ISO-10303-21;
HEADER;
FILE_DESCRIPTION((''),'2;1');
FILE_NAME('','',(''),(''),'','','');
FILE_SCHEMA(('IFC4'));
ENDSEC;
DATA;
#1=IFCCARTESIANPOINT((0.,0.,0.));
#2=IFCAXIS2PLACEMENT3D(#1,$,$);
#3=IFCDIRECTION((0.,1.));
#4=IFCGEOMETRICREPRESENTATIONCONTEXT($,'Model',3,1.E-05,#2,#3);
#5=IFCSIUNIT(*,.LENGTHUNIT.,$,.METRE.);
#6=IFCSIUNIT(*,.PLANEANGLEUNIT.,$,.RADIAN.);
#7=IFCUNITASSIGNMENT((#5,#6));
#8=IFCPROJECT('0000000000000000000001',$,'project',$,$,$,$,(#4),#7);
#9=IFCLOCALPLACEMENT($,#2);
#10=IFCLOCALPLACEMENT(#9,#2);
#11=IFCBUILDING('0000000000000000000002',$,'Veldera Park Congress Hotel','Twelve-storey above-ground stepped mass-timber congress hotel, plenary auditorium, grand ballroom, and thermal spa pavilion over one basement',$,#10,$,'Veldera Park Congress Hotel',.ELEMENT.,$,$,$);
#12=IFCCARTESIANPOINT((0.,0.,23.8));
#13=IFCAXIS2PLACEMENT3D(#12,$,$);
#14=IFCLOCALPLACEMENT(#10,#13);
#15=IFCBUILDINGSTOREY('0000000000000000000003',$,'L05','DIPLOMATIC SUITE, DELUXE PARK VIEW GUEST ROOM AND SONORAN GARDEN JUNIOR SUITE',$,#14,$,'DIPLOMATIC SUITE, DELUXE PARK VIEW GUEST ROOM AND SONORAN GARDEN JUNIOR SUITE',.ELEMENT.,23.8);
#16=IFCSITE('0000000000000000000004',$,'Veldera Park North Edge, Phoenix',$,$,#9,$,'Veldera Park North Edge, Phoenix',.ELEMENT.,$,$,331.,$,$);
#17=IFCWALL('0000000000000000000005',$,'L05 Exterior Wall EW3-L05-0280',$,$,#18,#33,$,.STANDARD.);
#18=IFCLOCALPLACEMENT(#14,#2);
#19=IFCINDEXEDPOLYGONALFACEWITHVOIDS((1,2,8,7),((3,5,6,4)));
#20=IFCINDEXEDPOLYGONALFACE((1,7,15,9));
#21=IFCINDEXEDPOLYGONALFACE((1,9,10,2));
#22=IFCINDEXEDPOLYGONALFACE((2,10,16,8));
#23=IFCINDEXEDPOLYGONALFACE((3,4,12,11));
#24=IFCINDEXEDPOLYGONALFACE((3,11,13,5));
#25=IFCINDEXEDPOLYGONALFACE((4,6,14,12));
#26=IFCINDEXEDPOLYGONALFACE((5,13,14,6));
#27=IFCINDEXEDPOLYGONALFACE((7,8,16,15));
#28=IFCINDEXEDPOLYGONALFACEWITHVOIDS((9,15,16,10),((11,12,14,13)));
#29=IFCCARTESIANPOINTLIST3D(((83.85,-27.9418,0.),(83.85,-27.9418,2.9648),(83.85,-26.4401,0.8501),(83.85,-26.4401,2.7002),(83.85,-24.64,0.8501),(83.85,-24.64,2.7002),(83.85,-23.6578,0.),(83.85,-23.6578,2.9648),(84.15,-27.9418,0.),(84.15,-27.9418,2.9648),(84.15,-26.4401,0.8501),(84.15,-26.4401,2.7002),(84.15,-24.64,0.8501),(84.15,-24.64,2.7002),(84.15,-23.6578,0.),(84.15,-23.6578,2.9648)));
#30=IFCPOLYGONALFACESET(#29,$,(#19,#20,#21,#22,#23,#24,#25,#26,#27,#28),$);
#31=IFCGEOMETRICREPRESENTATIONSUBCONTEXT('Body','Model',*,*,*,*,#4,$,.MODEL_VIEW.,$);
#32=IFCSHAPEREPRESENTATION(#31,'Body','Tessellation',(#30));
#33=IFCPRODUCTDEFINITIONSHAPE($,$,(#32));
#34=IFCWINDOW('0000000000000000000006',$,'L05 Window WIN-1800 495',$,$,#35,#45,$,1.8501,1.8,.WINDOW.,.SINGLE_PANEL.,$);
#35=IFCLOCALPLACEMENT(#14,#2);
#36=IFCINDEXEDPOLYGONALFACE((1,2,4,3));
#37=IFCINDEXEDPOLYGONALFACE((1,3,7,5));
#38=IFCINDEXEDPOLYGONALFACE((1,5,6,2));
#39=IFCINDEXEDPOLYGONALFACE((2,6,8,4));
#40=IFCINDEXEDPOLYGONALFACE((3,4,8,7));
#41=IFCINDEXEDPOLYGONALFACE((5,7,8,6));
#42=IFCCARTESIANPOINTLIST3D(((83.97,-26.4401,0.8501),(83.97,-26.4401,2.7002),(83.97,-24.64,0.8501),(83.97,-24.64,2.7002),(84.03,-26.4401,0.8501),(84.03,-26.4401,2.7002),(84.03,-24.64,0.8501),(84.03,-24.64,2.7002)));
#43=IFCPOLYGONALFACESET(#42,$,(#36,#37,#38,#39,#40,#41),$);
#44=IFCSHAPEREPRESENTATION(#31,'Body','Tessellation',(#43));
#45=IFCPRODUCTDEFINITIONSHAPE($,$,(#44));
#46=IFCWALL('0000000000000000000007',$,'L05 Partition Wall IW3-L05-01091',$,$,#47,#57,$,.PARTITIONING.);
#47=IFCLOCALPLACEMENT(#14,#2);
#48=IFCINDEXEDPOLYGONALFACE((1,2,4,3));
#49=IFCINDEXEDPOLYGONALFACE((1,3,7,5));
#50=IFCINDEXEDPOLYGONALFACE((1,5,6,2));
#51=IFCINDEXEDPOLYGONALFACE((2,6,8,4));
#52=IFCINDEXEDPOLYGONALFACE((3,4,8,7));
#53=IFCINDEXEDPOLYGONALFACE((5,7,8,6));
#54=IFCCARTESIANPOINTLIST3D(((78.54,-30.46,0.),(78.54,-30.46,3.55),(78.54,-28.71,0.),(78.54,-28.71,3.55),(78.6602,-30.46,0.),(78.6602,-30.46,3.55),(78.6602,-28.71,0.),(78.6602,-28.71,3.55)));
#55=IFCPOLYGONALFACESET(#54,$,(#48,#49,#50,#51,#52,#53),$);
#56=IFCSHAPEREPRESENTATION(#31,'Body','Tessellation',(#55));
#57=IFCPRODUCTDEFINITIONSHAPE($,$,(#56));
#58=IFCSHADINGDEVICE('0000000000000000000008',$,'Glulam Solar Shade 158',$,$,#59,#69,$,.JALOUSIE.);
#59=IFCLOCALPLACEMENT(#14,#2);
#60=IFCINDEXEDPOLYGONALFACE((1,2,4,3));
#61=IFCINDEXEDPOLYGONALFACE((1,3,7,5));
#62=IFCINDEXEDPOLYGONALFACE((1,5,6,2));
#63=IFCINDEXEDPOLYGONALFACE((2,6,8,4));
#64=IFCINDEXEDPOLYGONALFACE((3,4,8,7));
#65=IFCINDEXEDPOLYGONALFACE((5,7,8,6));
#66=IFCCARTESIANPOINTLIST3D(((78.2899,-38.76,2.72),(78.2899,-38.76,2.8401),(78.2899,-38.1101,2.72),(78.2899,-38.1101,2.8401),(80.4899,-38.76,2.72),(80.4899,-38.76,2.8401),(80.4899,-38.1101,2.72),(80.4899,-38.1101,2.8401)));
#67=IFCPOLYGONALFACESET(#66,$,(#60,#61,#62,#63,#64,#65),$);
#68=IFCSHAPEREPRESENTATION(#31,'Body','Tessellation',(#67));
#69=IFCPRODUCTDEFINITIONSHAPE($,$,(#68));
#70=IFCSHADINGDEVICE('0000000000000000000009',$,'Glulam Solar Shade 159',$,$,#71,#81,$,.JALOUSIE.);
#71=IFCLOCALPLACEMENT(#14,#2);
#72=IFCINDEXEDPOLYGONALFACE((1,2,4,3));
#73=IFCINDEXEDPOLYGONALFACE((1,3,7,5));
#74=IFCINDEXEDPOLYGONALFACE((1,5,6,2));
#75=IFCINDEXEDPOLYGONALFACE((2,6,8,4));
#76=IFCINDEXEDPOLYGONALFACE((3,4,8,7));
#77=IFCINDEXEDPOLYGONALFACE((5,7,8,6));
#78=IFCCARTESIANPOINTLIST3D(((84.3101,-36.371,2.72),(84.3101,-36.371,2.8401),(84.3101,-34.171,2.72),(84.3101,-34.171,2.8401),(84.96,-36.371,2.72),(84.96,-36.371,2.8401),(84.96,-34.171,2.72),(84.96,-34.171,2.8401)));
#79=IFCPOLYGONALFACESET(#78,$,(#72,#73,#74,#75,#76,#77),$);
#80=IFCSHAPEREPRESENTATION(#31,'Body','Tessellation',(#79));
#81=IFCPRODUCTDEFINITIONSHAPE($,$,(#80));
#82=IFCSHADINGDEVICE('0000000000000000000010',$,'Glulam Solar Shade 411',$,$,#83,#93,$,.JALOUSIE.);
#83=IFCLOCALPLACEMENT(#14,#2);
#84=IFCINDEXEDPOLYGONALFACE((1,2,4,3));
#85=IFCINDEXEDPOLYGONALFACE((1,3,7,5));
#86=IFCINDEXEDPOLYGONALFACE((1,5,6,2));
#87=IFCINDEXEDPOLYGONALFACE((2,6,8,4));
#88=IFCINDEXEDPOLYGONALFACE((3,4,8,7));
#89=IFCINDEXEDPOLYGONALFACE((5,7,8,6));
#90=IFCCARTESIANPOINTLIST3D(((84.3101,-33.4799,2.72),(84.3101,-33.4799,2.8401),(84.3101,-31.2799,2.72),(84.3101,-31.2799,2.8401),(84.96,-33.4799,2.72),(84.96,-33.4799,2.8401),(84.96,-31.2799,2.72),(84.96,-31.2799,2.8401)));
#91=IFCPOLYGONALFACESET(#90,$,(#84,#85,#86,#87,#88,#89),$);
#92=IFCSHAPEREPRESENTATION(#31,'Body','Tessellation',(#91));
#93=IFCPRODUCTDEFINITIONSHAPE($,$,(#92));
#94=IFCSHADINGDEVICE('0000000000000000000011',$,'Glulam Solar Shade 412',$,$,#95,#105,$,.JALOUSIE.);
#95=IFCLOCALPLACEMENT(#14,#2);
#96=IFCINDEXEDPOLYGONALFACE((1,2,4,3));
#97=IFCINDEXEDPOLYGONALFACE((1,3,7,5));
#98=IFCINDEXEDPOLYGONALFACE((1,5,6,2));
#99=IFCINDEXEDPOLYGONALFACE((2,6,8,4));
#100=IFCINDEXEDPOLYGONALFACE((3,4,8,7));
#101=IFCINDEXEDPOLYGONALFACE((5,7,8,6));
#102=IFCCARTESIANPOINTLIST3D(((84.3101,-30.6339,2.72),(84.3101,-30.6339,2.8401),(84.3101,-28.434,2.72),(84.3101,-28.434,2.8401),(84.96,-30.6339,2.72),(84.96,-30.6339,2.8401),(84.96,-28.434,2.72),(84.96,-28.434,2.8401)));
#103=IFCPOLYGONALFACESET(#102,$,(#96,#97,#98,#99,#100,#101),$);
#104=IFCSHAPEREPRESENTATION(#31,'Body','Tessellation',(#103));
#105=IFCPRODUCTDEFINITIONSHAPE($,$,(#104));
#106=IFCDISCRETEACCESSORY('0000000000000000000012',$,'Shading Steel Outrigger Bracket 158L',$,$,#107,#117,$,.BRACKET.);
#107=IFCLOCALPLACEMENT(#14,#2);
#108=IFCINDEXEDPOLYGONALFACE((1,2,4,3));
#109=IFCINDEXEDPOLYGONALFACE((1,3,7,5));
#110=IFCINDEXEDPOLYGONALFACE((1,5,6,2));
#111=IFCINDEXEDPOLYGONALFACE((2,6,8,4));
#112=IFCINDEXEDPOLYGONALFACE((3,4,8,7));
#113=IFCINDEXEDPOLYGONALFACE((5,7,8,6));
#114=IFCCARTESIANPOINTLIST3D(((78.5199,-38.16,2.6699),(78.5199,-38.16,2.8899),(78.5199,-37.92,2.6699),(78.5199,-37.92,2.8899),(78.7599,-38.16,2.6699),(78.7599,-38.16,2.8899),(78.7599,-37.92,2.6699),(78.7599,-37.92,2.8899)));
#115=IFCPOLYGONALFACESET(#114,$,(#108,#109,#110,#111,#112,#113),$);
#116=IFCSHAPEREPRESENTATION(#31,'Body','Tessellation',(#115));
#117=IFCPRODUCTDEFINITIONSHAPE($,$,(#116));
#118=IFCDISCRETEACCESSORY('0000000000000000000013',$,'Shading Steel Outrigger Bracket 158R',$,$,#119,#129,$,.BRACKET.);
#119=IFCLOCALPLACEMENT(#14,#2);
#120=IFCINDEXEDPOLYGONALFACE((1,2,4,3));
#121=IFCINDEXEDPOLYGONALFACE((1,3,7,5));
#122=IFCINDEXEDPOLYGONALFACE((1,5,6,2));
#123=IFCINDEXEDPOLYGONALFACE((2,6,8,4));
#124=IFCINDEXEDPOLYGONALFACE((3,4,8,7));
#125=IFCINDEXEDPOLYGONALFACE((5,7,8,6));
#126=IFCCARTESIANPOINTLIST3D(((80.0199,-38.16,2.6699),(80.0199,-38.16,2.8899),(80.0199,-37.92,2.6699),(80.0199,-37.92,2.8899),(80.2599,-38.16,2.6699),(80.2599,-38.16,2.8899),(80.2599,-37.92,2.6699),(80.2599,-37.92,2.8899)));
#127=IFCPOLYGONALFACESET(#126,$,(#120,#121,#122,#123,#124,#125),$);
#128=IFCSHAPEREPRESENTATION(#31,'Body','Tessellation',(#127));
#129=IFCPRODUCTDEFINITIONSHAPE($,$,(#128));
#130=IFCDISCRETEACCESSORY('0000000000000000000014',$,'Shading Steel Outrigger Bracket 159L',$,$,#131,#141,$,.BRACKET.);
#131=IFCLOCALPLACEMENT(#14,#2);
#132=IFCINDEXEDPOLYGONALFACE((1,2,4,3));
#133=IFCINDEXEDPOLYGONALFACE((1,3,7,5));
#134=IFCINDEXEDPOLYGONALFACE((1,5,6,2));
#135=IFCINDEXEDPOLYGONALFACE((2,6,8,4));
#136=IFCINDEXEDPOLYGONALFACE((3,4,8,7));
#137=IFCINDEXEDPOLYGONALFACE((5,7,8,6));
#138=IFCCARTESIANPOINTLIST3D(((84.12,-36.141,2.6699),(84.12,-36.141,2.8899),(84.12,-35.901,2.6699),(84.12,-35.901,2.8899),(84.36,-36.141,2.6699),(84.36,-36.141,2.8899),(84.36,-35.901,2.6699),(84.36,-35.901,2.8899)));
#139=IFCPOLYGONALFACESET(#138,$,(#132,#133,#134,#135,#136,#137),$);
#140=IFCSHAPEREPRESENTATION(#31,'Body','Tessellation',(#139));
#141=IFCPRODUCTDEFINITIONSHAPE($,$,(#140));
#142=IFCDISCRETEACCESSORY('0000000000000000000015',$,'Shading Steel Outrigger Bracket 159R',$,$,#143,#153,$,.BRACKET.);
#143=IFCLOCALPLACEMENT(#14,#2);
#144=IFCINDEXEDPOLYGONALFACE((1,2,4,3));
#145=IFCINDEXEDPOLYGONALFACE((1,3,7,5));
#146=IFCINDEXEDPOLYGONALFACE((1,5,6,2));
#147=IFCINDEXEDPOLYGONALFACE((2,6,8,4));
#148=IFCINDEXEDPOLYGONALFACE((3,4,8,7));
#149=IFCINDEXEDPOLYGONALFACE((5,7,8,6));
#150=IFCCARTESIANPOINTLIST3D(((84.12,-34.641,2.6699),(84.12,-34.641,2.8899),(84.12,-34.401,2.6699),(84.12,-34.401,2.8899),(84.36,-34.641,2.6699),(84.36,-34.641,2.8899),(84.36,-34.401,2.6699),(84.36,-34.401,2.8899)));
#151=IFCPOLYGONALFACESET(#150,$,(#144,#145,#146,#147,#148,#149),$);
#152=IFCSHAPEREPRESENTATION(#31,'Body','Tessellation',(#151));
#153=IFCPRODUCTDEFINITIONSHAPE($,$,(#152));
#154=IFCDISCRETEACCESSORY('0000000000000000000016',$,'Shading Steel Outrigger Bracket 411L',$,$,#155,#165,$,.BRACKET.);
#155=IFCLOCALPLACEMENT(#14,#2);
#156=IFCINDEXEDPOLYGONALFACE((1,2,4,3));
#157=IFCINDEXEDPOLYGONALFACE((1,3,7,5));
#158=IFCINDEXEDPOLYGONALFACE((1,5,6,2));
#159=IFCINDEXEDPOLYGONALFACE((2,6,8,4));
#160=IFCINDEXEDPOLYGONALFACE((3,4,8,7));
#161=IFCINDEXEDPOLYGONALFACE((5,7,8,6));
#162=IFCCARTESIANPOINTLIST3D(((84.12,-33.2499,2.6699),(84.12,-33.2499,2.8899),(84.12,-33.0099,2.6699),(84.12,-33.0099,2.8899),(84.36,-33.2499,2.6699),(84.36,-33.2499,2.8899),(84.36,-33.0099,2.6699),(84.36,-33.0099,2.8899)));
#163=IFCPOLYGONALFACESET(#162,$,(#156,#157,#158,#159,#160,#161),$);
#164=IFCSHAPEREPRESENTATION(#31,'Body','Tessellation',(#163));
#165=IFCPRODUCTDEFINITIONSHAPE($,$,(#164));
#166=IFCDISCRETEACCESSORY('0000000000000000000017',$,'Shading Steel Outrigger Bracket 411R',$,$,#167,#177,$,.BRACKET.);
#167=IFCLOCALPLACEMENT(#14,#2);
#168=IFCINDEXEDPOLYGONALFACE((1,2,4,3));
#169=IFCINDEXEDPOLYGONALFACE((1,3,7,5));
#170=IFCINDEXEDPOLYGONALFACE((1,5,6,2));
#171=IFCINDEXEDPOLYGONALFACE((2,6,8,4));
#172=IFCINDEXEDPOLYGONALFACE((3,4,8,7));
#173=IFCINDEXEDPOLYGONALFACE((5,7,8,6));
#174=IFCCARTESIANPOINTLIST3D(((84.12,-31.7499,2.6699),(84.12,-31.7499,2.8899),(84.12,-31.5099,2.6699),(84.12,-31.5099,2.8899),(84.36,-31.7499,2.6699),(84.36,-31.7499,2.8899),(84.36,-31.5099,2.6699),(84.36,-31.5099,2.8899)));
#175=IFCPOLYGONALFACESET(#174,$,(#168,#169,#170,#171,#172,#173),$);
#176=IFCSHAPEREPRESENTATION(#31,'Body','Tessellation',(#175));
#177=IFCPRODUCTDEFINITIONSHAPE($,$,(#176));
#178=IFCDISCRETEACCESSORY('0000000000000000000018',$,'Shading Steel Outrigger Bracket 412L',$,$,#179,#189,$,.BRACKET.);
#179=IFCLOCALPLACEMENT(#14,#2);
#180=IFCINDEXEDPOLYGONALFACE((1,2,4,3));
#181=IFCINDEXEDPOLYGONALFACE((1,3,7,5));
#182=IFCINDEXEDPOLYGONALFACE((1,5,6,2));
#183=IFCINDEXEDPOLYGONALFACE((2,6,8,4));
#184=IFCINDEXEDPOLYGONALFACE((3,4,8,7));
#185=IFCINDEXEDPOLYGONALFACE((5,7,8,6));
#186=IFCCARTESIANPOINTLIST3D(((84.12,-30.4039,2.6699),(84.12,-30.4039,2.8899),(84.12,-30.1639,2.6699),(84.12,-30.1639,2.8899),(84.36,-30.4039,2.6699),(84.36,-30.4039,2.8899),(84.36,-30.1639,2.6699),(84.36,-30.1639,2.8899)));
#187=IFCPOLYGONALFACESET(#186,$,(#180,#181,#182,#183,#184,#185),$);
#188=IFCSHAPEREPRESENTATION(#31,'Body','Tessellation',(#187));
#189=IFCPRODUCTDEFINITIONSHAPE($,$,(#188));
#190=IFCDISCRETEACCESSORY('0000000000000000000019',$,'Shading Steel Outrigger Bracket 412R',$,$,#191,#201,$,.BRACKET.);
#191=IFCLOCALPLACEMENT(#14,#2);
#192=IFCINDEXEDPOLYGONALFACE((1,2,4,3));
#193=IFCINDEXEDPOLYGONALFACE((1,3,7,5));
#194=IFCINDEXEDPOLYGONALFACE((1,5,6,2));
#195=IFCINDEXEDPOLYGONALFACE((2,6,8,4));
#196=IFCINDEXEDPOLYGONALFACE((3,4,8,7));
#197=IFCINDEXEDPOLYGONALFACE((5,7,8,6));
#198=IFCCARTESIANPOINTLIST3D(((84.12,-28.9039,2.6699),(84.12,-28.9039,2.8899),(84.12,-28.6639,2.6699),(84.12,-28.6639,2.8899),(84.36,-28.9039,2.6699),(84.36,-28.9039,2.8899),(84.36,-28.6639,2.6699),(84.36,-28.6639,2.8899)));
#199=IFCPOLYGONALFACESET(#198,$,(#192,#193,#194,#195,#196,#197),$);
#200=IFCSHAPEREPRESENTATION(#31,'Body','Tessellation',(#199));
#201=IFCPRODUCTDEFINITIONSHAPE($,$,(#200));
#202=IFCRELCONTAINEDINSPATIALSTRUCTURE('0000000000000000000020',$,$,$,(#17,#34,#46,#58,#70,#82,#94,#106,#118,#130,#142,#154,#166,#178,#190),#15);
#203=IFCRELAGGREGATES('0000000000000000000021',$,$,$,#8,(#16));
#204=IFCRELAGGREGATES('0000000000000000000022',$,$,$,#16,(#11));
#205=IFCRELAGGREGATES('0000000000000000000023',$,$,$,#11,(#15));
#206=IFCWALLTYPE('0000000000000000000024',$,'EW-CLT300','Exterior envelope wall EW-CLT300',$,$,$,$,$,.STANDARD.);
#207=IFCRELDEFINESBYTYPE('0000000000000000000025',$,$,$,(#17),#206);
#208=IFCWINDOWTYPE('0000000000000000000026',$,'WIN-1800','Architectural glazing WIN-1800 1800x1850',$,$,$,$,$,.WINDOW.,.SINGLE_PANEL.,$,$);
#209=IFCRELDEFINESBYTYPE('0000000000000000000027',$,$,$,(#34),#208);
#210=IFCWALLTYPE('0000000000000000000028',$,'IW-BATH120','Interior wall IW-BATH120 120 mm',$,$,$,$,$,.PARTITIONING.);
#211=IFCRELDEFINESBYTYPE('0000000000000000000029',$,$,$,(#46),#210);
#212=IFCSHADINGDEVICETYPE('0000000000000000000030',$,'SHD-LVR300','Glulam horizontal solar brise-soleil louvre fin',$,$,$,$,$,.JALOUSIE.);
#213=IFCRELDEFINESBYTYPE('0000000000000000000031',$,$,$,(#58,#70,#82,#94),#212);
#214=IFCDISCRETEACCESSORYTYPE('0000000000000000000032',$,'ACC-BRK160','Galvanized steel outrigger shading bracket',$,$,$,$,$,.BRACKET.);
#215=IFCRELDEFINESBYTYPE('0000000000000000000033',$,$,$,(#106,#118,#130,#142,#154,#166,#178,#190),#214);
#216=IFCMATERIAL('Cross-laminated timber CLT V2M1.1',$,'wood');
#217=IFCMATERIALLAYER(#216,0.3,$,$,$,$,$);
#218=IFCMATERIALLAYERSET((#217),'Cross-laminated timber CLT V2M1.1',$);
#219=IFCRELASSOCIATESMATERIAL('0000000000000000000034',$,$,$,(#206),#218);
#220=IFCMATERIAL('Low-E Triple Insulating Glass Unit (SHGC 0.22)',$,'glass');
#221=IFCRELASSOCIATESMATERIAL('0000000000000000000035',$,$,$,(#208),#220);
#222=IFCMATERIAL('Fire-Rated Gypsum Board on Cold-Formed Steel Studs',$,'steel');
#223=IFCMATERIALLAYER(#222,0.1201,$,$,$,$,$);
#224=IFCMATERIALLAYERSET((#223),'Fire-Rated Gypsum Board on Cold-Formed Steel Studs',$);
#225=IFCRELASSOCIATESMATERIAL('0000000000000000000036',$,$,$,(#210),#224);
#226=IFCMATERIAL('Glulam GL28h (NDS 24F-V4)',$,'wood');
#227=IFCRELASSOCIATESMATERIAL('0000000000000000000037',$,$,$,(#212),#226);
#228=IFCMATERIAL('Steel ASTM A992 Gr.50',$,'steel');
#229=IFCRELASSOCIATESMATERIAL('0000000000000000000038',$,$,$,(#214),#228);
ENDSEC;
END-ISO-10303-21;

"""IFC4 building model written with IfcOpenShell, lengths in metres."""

from ifc_helpers import new_model, si_unit, direction, frame, frame_2d, origin, origin_2d, place, context, subcontext, project, spatial, rectangle, extrude, material, layer, layer_set, type_object, element, fill, save


model = new_model("IFC4")

# Units and contexts
model_context = context("Model", 3, precision=1e-05, world=origin(), true_north=direction((0.0, 1.0)))
body_context = subcontext(model_context, "Body", "Model", "MODEL_VIEW")
ifc_project = project(units=[si_unit("LENGTHUNIT", "METRE"), si_unit("PLANEANGLEUNIT", "RADIAN")], contexts=[model_context])

# Site, building, storey
site_placement = place(None, origin())
site = spatial("IfcSite", under=ifc_project, at=site_placement, Name="Veldera Park North Edge, Phoenix", LongName="Veldera Park North Edge, Phoenix", CompositionType="ELEMENT", RefElevation=331.0)
building_placement = place(site_placement, origin())
building = spatial("IfcBuilding", under=site, at=building_placement, Name="Veldera Park Congress Hotel", Description="Twelve-storey above-ground stepped mass-timber congress hotel, plenary auditorium, grand ballroom, and thermal spa pavilion over one basement", LongName="Veldera Park Congress Hotel", CompositionType="ELEMENT")
storey_placement = place(building_placement, frame((0.0, 0.0, 23.8)))
storey = spatial("IfcBuildingStorey", under=building, at=storey_placement, Name="L05", Description="DIPLOMATIC SUITE, DELUXE PARK VIEW GUEST ROOM AND SONORAN GARDEN JUNIOR SUITE", LongName="DIPLOMATIC SUITE, DELUXE PARK VIEW GUEST ROOM AND SONORAN GARDEN JUNIOR SUITE", CompositionType="ELEMENT", Elevation=23.8)

# Shared definitions
ifc_material_1 = material(Name="Glulam GL28h (NDS 24F-V4)", Category="wood")

# Shared definitions
ifc_material_2 = material(Name="Cross-laminated timber CLT V2M1.1", Category="wood")
ifc_layer_1 = layer(ifc_material_2, 0.3)
ifc_layer_set_1 = layer_set([ifc_layer_1], Name="Cross-laminated timber CLT V2M1.1")
wall_type_1 = type_object("IfcWallType", Name="EW-CLT300", Description="Exterior envelope wall EW-CLT300", PredefinedType="STANDARD", material=ifc_layer_set_1)
ifc_material_3 = material(Name="Low-E Triple Insulating Glass Unit (SHGC 0.22)", Category="glass")
window_type = type_object("IfcWindowType", Name="WIN-1800", Description="Architectural glazing WIN-1800 1800x1850", PartitioningType="SINGLE_PANEL", PredefinedType="WINDOW", material=ifc_material_3)

# Wall, opening, window
wall_1_placement = place(storey_placement, frame((84.0, -27.9419, 0.0), z_axis=(0.0, 0.0, 1.0), x_axis=(0.0, 1.0, 0.0)))
wall_1 = element("IfcWall", 1, at=wall_1_placement, inside=storey, type_object=wall_type_1, Name="L05 Exterior Wall EW3-L05-0280", PredefinedType="STANDARD", context=body_context, shape_type="SweptSolid", body=[
    extrude(rectangle(XDim=4.2839, YDim=0.3, at=frame_2d((2.1421, 0.0))), origin(), (0.0, 0.0, 1.0), 2.9648),
])
opening_1_placement = place(wall_1_placement, frame((1.502, 0.0, 0.8501)))
opening_1 = element("IfcOpeningElement", 2, at=opening_1_placement, cuts=wall_1, PredefinedType="OPENING", context=body_context, shape_type="SweptSolid", body=[
    extrude(rectangle(XDim=1.8, YDim=1.8501, at=frame_2d((0.8999, 0.925))), frame((0.0, 0.1621, 0.0), z_axis=(0.0, -1.0, 0.0), x_axis=(1.0, 0.0, 0.0)), (0.0, 0.0, 1.0), 0.324),
])
window_1_placement = place(opening_1_placement, origin())
window_1 = element("IfcWindow", 3, at=window_1_placement, inside=storey, type_object=window_type, Name="L05 Window WIN-1800 495", OverallHeight=1.8501, OverallWidth=1.8, PartitioningType="SINGLE_PANEL", PredefinedType="WINDOW", context=body_context, shape_type="SweptSolid", body=[
    extrude(rectangle(XDim=1.8, YDim=1.8501, at=frame_2d((0.8999, 0.925))), frame((0.0, 0.03, 0.0), z_axis=(0.0, -1.0, 0.0), x_axis=(1.0, 0.0, 0.0)), (0.0, 0.0, 1.0), 0.0601),
])
fill(opening_1, window_1)

# Wall
ifc_material_4 = material(Name="Fire-Rated Gypsum Board on Cold-Formed Steel Studs", Category="steel")
ifc_layer_2 = layer(ifc_material_4, 0.1201)
ifc_layer_set_2 = layer_set([ifc_layer_2], Name="Fire-Rated Gypsum Board on Cold-Formed Steel Studs")
wall_type_2 = type_object("IfcWallType", Name="IW-BATH120", Description="Interior wall IW-BATH120 120 mm", PredefinedType="PARTITIONING", material=ifc_layer_set_2)
wall_2_placement = place(storey_placement, frame((78.6001, -30.46, 0.0), z_axis=(0.0, 0.0, 1.0), x_axis=(0.0, 1.0, 0.0)))
element("IfcWall", 4, at=wall_2_placement, inside=storey, type_object=wall_type_2, Name="L05 Partition Wall IW3-L05-01091", PredefinedType="PARTITIONING", context=body_context, shape_type="SweptSolid", body=[
    extrude(rectangle(XDim=1.75, YDim=0.1201, at=frame_2d((0.875, 0.0))), origin(), (0.0, 0.0, 1.0), 3.55),
])

# Shading devices
shading_device_type = type_object("IfcShadingDeviceType", Name="SHD-LVR300", Description="Glulam horizontal solar brise-soleil louvre fin", PredefinedType="JALOUSIE", material=ifc_material_1)
for number, where, z_axis, x_axis, name in (
    (5, (79.3899, -38.4351, 2.72), (0.0, 0.0, 1.0), (1.0, 0.0, 0.0), "Glulam Solar Shade 158"),
    (6, (84.635, -35.271, 2.72), (0.0, 0.0, 1.0), (0.0, 1.0, 0.0), "Glulam Solar Shade 159"),
    (7, (84.635, -32.3799, 2.72), (0.0, 0.0, 1.0), (0.0, 1.0, 0.0), "Glulam Solar Shade 411"),
    (8, (84.635, -29.5339, 2.72), (0.0, 0.0, 1.0), (0.0, 1.0, 0.0), "Glulam Solar Shade 412"),
):
    element("IfcShadingDevice", number, at=place(storey_placement, frame(where, z_axis=z_axis, x_axis=x_axis)), inside=storey, type_object=shading_device_type, Name=name, PredefinedType="JALOUSIE", context=body_context, shape_type="SweptSolid", body=[
        extrude(rectangle(XDim=2.2, YDim=0.6499, at=origin_2d()), origin(), (0.0, 0.0, 1.0), 0.1201),
    ])

# Discrete accessories
ifc_material_5 = material(Name="Steel ASTM A992 Gr.50", Category="steel")
discrete_accessory_type = type_object("IfcDiscreteAccessoryType", Name="ACC-BRK160", Description="Galvanized steel outrigger shading bracket", PredefinedType="BRACKET", material=ifc_material_5)
for number, where, z_axis, x_axis, name in (
    (9, (78.6399, -38.04, 2.6699), (0.0, 0.0, 1.0), (1.0, 0.0, 0.0), "Shading Steel Outrigger Bracket 158L"),
    (10, (80.1399, -38.04, 2.6699), (0.0, 0.0, 1.0), (1.0, 0.0, 0.0), "Shading Steel Outrigger Bracket 158R"),
    (11, (84.24, -36.021, 2.6699), (0.0, 0.0, 1.0), (0.0, 1.0, 0.0), "Shading Steel Outrigger Bracket 159L"),
    (12, (84.24, -34.521, 2.6699), (0.0, 0.0, 1.0), (0.0, 1.0, 0.0), "Shading Steel Outrigger Bracket 159R"),
    (13, (84.24, -33.1299, 2.6699), (0.0, 0.0, 1.0), (0.0, 1.0, 0.0), "Shading Steel Outrigger Bracket 411L"),
    (14, (84.24, -31.6299, 2.6699), (0.0, 0.0, 1.0), (0.0, 1.0, 0.0), "Shading Steel Outrigger Bracket 411R"),
    (15, (84.24, -30.2839, 2.6699), (0.0, 0.0, 1.0), (0.0, 1.0, 0.0), "Shading Steel Outrigger Bracket 412L"),
    (16, (84.24, -28.7839, 2.6699), (0.0, 0.0, 1.0), (0.0, 1.0, 0.0), "Shading Steel Outrigger Bracket 412R"),
):
    element("IfcDiscreteAccessory", number, at=place(storey_placement, frame(where, z_axis=z_axis, x_axis=x_axis)), inside=storey, type_object=discrete_accessory_type, Name=name, PredefinedType="BRACKET", context=body_context, shape_type="SweptSolid", body=[
        extrude(rectangle(XDim=0.24, YDim=0.24, at=origin_2d()), origin(), (0.0, 0.0, 1.0), 0.22),
    ])

save(model, "model.ifc")
